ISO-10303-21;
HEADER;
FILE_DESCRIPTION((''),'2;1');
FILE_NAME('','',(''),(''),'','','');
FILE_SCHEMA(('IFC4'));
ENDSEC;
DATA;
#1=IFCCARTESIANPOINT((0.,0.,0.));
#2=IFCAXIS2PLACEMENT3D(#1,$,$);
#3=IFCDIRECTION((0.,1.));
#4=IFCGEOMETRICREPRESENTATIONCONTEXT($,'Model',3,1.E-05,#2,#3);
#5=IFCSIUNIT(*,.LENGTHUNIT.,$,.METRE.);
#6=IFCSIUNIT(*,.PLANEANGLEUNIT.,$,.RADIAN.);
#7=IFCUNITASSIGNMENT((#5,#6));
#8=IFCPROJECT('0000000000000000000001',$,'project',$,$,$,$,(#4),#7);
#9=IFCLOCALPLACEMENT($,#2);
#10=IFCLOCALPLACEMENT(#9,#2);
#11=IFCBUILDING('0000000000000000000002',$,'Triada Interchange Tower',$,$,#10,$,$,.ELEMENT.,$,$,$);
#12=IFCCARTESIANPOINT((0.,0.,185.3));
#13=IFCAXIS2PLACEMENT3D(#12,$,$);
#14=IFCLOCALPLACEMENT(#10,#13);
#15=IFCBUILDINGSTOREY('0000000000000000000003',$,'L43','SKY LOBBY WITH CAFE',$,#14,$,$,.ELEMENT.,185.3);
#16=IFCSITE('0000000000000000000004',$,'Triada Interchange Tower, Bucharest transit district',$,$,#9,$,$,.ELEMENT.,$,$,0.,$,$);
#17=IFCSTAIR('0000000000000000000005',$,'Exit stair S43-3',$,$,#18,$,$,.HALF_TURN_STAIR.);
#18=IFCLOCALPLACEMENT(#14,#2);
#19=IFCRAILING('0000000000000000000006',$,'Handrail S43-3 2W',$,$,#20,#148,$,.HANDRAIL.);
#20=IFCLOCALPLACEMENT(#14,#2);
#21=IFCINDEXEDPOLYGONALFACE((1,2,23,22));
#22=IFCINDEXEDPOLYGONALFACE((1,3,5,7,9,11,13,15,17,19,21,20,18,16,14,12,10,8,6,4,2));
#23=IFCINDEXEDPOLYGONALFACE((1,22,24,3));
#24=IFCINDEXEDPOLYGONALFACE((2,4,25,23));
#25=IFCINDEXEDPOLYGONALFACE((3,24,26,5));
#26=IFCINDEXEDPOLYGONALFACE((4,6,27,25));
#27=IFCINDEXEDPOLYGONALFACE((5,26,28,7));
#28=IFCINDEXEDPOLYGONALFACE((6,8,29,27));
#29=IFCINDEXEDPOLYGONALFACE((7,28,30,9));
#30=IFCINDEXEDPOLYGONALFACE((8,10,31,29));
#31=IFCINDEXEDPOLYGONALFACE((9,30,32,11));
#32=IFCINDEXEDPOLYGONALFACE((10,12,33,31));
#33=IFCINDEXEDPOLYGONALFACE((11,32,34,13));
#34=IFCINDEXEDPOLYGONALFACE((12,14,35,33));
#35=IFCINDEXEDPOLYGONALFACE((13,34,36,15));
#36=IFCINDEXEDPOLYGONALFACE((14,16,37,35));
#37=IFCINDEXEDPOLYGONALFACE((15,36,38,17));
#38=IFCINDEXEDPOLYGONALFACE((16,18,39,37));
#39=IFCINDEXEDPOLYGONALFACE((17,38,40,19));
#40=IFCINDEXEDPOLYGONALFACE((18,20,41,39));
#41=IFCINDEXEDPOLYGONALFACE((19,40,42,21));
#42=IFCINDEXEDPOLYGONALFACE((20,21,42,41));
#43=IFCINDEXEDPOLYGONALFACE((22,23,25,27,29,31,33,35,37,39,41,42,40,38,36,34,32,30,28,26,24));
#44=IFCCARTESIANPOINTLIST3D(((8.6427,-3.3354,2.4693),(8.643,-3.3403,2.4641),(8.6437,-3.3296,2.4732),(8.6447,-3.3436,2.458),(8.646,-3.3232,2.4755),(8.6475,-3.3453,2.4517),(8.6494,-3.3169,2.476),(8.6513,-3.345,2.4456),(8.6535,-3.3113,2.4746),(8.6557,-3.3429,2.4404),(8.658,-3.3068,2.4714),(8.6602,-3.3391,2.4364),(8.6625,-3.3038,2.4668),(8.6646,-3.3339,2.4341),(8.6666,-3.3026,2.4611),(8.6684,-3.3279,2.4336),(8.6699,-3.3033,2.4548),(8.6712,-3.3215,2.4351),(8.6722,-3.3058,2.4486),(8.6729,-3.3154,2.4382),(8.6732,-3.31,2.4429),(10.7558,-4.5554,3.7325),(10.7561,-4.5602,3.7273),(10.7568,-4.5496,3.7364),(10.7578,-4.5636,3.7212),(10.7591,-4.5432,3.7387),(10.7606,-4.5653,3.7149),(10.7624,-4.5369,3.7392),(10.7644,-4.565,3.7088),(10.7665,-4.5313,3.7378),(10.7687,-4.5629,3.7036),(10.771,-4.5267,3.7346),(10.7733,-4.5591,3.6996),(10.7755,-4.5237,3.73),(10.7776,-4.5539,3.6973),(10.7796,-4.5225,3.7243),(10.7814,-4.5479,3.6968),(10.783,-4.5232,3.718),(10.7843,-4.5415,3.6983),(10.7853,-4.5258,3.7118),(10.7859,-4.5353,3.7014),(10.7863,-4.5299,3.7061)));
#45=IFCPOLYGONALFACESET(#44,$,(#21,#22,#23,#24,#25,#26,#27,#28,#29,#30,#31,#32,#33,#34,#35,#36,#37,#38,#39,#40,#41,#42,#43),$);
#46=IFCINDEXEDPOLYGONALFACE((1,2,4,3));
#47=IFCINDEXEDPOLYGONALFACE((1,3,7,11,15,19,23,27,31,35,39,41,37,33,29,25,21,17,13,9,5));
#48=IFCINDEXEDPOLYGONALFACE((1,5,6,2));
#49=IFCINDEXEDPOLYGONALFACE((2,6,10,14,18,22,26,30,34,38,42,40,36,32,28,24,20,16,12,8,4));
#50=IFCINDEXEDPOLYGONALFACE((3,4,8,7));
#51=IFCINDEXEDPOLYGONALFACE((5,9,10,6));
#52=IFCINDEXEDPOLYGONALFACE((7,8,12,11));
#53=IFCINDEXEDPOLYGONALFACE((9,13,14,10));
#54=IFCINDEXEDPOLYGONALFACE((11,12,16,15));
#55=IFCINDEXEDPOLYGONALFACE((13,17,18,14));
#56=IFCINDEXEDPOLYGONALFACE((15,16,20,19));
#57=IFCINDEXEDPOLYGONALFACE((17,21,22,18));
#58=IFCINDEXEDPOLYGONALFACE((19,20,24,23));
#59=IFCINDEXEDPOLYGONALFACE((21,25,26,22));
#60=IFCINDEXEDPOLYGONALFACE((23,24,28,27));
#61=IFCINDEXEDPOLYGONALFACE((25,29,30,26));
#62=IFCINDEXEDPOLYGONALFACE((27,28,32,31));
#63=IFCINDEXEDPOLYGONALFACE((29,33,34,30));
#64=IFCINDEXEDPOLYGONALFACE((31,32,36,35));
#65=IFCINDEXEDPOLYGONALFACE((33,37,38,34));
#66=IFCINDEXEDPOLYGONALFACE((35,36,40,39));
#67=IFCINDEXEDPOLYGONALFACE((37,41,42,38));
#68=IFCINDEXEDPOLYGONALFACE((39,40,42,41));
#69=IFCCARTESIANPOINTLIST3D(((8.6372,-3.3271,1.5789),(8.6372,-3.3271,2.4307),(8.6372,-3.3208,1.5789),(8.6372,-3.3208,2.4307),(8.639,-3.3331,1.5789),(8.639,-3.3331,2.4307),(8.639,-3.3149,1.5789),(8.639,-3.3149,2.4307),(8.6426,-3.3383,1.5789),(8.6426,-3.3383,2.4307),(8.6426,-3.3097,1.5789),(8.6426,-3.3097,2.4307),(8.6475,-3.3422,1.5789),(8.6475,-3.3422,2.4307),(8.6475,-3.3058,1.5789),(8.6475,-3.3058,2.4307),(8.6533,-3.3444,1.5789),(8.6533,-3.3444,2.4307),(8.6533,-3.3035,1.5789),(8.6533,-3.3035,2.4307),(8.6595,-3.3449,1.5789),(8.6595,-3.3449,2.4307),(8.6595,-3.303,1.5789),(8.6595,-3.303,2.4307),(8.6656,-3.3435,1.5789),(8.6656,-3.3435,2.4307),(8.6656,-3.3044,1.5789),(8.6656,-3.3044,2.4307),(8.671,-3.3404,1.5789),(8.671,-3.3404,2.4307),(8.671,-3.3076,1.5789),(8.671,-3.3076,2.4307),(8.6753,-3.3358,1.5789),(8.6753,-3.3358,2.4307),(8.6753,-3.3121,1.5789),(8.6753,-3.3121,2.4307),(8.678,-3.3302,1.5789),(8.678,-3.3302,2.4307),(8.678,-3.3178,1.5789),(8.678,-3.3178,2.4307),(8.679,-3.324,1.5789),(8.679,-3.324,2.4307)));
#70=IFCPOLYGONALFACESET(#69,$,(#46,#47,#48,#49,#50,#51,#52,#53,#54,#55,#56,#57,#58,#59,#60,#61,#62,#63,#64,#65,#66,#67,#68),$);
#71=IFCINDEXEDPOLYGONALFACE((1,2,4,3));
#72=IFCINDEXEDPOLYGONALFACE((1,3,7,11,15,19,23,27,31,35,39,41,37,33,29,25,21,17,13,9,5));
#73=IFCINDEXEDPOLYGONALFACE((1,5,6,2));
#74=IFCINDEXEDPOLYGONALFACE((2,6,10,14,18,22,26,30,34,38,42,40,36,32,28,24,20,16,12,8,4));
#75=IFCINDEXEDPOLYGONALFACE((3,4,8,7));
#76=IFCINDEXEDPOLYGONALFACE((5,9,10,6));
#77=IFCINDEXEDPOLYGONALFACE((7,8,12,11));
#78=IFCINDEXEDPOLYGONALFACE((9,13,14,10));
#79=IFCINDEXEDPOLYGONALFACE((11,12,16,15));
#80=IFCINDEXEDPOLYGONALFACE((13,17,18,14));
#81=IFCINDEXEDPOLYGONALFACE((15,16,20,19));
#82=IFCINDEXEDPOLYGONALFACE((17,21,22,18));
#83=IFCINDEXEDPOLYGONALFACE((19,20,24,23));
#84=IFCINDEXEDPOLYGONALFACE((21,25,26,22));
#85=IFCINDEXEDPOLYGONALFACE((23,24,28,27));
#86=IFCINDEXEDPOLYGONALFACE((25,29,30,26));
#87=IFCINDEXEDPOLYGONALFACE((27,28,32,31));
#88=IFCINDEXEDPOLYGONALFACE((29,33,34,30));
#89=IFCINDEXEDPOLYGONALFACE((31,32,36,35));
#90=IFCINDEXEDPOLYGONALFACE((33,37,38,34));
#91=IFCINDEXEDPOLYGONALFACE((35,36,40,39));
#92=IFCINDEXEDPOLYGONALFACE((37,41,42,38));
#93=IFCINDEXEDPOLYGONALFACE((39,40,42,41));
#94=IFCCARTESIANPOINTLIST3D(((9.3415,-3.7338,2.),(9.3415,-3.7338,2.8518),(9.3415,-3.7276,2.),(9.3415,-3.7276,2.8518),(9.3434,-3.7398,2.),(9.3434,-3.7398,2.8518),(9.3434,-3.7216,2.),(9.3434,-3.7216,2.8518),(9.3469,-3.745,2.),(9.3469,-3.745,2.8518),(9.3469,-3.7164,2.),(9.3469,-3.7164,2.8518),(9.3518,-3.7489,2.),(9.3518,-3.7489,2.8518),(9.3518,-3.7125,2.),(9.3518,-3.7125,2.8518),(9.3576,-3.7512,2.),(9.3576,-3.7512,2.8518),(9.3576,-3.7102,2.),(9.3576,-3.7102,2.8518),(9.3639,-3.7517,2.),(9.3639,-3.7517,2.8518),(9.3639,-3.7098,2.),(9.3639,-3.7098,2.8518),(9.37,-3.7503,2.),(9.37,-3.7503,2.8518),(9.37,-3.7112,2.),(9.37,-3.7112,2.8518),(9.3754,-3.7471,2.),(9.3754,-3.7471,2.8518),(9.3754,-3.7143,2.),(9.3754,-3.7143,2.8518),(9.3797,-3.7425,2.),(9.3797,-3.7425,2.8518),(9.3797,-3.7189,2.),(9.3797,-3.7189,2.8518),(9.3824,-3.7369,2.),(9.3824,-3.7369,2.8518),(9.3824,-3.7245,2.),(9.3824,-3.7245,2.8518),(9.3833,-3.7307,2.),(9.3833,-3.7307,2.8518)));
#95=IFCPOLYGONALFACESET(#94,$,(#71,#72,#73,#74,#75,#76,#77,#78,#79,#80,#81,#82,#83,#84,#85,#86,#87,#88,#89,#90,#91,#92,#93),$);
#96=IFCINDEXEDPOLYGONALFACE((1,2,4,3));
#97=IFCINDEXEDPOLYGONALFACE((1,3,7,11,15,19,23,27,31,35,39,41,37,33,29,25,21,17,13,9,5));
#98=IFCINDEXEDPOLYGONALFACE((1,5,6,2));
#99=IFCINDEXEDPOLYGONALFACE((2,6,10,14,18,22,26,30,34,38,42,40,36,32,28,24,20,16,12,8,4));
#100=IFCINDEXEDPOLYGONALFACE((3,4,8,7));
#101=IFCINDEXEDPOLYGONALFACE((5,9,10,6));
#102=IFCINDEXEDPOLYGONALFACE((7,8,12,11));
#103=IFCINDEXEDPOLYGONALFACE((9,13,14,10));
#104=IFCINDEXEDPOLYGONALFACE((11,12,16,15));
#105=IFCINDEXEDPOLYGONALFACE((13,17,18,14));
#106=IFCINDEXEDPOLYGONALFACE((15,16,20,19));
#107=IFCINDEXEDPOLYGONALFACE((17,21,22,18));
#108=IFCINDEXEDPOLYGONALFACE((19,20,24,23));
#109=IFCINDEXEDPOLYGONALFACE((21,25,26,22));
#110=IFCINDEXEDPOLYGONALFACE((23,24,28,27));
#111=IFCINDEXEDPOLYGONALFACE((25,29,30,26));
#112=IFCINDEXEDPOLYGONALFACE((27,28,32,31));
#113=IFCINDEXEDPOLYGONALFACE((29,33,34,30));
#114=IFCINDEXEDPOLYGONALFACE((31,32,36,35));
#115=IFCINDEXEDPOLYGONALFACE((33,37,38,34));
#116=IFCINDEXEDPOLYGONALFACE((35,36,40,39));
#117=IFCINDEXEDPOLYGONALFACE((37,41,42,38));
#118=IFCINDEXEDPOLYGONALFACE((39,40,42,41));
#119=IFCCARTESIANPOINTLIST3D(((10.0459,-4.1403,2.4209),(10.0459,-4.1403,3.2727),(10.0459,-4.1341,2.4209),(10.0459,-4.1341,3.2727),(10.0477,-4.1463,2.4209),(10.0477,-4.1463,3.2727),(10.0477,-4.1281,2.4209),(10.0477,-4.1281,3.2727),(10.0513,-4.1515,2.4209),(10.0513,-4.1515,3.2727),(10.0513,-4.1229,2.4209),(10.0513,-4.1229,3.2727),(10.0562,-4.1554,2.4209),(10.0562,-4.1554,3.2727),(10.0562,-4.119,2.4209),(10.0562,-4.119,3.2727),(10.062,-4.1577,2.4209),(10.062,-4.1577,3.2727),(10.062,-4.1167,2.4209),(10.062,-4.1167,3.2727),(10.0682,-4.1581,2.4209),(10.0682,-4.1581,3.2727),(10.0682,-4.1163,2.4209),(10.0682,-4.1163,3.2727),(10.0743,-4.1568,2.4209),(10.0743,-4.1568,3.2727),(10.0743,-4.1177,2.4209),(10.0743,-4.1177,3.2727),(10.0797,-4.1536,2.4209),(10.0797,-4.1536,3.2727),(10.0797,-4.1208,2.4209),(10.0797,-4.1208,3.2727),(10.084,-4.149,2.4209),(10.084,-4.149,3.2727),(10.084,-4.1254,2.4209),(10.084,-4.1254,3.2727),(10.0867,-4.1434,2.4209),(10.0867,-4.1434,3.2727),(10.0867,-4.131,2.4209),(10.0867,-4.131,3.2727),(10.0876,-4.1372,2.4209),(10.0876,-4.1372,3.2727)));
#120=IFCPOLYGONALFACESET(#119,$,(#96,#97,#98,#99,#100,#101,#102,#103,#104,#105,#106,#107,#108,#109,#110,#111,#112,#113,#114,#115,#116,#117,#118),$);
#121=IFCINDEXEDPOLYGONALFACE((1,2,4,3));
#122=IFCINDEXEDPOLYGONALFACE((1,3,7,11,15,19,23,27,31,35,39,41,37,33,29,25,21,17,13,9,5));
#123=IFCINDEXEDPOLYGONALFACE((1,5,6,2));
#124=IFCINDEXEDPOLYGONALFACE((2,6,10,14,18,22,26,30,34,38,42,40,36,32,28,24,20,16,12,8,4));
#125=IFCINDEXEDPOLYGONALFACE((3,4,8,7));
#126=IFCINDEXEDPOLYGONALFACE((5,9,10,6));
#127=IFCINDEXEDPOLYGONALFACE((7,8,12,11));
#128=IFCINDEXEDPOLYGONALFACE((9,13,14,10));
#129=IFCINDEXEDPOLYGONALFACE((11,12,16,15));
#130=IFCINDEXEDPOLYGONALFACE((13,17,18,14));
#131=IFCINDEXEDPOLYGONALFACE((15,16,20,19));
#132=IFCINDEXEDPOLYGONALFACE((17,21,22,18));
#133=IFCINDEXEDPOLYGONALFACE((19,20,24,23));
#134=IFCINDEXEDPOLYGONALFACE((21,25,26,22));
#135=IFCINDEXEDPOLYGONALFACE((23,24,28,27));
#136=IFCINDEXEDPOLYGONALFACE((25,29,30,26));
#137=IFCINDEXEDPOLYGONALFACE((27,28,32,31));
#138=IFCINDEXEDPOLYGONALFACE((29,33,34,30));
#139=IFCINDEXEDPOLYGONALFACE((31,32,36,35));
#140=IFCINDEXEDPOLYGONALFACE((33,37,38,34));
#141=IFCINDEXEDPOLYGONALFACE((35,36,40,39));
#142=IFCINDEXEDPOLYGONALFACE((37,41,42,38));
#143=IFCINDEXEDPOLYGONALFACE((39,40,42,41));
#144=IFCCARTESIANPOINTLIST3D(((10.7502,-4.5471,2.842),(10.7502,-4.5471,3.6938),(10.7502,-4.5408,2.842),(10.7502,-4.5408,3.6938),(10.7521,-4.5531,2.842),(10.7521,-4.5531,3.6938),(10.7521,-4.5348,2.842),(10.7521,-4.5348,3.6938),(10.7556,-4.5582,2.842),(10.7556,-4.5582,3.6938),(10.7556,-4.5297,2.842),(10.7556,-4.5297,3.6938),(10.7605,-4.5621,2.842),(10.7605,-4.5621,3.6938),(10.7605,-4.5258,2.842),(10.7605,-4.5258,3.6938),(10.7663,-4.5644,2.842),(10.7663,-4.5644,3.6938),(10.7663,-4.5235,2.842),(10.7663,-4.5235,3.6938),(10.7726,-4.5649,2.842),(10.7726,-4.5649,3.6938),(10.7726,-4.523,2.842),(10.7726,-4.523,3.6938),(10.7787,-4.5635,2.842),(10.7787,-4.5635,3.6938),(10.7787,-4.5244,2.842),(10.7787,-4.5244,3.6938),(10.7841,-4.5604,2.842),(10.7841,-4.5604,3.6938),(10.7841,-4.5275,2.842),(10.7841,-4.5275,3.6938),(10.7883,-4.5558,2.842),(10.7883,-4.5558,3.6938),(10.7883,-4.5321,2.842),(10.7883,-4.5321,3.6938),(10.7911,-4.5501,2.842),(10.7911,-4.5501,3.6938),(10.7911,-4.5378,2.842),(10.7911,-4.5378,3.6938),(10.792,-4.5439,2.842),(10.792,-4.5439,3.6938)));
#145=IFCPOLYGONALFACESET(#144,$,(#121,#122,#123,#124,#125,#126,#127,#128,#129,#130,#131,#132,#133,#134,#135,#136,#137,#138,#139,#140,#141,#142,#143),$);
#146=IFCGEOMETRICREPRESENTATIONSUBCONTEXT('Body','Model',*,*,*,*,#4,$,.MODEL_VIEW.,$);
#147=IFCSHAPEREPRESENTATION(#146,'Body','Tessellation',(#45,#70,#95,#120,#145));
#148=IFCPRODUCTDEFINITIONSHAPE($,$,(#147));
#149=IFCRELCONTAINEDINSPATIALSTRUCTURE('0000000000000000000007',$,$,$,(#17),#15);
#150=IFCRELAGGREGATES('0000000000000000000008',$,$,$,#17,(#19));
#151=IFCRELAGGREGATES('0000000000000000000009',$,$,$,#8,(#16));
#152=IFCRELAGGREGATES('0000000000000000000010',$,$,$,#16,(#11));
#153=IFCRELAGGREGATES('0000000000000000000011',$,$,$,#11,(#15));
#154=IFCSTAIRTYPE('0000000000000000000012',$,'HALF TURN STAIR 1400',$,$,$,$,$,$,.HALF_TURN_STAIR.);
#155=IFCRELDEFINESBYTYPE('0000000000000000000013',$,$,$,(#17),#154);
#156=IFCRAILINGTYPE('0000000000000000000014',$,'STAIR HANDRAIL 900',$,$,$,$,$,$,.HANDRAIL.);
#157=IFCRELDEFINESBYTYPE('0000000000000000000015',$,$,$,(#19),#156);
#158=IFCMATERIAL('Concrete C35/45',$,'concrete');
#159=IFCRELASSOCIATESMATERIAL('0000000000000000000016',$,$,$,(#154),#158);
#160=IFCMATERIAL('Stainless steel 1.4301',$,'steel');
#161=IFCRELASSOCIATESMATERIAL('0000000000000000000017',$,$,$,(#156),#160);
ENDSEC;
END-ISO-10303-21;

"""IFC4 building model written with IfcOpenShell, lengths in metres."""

from ifc_helpers import new_model, si_unit, direction, frame, origin, origin_2d, place, context, subcontext, project, spatial, circle, extrude, material, type_object, element, aggregate, save


model = new_model("IFC4")

# Units and contexts
model_context = context("Model", 3, precision=1e-05, world=origin(), true_north=direction((0.0, 1.0)))
body_context = subcontext(model_context, "Body", "Model", "MODEL_VIEW")
ifc_project = project(units=[si_unit("LENGTHUNIT", "METRE"), si_unit("PLANEANGLEUNIT", "RADIAN")], contexts=[model_context])

# Site, building, storey
site_placement = place(None, origin())
site = spatial("IfcSite", under=ifc_project, at=site_placement, Name="Triada Interchange Tower, Bucharest transit district", CompositionType="ELEMENT", RefElevation=0.0)
building_placement = place(site_placement, origin())
building = spatial("IfcBuilding", under=site, at=building_placement, Name="Triada Interchange Tower", CompositionType="ELEMENT")
storey_placement = place(building_placement, frame((0.0, 0.0, 185.3)))
storey = spatial("IfcBuildingStorey", under=building, at=storey_placement, Name="L43", Description="SKY LOBBY WITH CAFE", CompositionType="ELEMENT", Elevation=185.3)

# Stair, railing
ifc_material_1 = material(Name="Concrete C35/45", Category="concrete")
stair_type = type_object("IfcStairType", Name="HALF TURN STAIR 1400", PredefinedType="HALF_TURN_STAIR", material=ifc_material_1)
stair_placement = place(storey_placement, origin())
stair = element("IfcStair", 1, at=stair_placement, inside=storey, type_object=stair_type, Name="Exit stair S43-3", PredefinedType="HALF_TURN_STAIR")
ifc_material_2 = material(Name="Stainless steel 1.4301", Category="steel")
railing_type = type_object("IfcRailingType", Name="STAIR HANDRAIL 900", PredefinedType="HANDRAIL", material=ifc_material_2)
railing_1_placement = place(storey_placement, frame((8.658, -3.324, 1.5789)))
railing_1 = element("IfcRailing", 2, at=railing_1_placement, type_object=railing_type, Name="Handrail S43-3 2W", PredefinedType="HANDRAIL", context=body_context, shape_type="SweptSolid", body=[
    extrude(circle(Radius=0.0239, at=origin_2d()), frame((0.0, 0.0, 0.876), z_axis=(0.76907, -0.444026, 0.459753), x_axis=(0.500003, 0.866024, 0.0)), (0.0, 0.0, 1.0), 2.7476),
    extrude(circle(Radius=0.021, at=origin_2d()), origin(), (0.0, 0.0, 1.0), 0.8518),
    extrude(circle(Radius=0.021, at=origin_2d()), frame((0.7043, -0.4067, 0.4211)), (0.0, 0.0, 1.0), 0.8518),
    extrude(circle(Radius=0.021, at=origin_2d()), frame((1.4087, -0.8132, 0.842)), (0.0, 0.0, 1.0), 0.8518),
    extrude(circle(Radius=0.021, at=origin_2d()), frame((2.113, -1.22, 1.2632)), (0.0, 0.0, 1.0), 0.8518),
])
aggregate(stair, [railing_1])

save(model, "model.ifc")
